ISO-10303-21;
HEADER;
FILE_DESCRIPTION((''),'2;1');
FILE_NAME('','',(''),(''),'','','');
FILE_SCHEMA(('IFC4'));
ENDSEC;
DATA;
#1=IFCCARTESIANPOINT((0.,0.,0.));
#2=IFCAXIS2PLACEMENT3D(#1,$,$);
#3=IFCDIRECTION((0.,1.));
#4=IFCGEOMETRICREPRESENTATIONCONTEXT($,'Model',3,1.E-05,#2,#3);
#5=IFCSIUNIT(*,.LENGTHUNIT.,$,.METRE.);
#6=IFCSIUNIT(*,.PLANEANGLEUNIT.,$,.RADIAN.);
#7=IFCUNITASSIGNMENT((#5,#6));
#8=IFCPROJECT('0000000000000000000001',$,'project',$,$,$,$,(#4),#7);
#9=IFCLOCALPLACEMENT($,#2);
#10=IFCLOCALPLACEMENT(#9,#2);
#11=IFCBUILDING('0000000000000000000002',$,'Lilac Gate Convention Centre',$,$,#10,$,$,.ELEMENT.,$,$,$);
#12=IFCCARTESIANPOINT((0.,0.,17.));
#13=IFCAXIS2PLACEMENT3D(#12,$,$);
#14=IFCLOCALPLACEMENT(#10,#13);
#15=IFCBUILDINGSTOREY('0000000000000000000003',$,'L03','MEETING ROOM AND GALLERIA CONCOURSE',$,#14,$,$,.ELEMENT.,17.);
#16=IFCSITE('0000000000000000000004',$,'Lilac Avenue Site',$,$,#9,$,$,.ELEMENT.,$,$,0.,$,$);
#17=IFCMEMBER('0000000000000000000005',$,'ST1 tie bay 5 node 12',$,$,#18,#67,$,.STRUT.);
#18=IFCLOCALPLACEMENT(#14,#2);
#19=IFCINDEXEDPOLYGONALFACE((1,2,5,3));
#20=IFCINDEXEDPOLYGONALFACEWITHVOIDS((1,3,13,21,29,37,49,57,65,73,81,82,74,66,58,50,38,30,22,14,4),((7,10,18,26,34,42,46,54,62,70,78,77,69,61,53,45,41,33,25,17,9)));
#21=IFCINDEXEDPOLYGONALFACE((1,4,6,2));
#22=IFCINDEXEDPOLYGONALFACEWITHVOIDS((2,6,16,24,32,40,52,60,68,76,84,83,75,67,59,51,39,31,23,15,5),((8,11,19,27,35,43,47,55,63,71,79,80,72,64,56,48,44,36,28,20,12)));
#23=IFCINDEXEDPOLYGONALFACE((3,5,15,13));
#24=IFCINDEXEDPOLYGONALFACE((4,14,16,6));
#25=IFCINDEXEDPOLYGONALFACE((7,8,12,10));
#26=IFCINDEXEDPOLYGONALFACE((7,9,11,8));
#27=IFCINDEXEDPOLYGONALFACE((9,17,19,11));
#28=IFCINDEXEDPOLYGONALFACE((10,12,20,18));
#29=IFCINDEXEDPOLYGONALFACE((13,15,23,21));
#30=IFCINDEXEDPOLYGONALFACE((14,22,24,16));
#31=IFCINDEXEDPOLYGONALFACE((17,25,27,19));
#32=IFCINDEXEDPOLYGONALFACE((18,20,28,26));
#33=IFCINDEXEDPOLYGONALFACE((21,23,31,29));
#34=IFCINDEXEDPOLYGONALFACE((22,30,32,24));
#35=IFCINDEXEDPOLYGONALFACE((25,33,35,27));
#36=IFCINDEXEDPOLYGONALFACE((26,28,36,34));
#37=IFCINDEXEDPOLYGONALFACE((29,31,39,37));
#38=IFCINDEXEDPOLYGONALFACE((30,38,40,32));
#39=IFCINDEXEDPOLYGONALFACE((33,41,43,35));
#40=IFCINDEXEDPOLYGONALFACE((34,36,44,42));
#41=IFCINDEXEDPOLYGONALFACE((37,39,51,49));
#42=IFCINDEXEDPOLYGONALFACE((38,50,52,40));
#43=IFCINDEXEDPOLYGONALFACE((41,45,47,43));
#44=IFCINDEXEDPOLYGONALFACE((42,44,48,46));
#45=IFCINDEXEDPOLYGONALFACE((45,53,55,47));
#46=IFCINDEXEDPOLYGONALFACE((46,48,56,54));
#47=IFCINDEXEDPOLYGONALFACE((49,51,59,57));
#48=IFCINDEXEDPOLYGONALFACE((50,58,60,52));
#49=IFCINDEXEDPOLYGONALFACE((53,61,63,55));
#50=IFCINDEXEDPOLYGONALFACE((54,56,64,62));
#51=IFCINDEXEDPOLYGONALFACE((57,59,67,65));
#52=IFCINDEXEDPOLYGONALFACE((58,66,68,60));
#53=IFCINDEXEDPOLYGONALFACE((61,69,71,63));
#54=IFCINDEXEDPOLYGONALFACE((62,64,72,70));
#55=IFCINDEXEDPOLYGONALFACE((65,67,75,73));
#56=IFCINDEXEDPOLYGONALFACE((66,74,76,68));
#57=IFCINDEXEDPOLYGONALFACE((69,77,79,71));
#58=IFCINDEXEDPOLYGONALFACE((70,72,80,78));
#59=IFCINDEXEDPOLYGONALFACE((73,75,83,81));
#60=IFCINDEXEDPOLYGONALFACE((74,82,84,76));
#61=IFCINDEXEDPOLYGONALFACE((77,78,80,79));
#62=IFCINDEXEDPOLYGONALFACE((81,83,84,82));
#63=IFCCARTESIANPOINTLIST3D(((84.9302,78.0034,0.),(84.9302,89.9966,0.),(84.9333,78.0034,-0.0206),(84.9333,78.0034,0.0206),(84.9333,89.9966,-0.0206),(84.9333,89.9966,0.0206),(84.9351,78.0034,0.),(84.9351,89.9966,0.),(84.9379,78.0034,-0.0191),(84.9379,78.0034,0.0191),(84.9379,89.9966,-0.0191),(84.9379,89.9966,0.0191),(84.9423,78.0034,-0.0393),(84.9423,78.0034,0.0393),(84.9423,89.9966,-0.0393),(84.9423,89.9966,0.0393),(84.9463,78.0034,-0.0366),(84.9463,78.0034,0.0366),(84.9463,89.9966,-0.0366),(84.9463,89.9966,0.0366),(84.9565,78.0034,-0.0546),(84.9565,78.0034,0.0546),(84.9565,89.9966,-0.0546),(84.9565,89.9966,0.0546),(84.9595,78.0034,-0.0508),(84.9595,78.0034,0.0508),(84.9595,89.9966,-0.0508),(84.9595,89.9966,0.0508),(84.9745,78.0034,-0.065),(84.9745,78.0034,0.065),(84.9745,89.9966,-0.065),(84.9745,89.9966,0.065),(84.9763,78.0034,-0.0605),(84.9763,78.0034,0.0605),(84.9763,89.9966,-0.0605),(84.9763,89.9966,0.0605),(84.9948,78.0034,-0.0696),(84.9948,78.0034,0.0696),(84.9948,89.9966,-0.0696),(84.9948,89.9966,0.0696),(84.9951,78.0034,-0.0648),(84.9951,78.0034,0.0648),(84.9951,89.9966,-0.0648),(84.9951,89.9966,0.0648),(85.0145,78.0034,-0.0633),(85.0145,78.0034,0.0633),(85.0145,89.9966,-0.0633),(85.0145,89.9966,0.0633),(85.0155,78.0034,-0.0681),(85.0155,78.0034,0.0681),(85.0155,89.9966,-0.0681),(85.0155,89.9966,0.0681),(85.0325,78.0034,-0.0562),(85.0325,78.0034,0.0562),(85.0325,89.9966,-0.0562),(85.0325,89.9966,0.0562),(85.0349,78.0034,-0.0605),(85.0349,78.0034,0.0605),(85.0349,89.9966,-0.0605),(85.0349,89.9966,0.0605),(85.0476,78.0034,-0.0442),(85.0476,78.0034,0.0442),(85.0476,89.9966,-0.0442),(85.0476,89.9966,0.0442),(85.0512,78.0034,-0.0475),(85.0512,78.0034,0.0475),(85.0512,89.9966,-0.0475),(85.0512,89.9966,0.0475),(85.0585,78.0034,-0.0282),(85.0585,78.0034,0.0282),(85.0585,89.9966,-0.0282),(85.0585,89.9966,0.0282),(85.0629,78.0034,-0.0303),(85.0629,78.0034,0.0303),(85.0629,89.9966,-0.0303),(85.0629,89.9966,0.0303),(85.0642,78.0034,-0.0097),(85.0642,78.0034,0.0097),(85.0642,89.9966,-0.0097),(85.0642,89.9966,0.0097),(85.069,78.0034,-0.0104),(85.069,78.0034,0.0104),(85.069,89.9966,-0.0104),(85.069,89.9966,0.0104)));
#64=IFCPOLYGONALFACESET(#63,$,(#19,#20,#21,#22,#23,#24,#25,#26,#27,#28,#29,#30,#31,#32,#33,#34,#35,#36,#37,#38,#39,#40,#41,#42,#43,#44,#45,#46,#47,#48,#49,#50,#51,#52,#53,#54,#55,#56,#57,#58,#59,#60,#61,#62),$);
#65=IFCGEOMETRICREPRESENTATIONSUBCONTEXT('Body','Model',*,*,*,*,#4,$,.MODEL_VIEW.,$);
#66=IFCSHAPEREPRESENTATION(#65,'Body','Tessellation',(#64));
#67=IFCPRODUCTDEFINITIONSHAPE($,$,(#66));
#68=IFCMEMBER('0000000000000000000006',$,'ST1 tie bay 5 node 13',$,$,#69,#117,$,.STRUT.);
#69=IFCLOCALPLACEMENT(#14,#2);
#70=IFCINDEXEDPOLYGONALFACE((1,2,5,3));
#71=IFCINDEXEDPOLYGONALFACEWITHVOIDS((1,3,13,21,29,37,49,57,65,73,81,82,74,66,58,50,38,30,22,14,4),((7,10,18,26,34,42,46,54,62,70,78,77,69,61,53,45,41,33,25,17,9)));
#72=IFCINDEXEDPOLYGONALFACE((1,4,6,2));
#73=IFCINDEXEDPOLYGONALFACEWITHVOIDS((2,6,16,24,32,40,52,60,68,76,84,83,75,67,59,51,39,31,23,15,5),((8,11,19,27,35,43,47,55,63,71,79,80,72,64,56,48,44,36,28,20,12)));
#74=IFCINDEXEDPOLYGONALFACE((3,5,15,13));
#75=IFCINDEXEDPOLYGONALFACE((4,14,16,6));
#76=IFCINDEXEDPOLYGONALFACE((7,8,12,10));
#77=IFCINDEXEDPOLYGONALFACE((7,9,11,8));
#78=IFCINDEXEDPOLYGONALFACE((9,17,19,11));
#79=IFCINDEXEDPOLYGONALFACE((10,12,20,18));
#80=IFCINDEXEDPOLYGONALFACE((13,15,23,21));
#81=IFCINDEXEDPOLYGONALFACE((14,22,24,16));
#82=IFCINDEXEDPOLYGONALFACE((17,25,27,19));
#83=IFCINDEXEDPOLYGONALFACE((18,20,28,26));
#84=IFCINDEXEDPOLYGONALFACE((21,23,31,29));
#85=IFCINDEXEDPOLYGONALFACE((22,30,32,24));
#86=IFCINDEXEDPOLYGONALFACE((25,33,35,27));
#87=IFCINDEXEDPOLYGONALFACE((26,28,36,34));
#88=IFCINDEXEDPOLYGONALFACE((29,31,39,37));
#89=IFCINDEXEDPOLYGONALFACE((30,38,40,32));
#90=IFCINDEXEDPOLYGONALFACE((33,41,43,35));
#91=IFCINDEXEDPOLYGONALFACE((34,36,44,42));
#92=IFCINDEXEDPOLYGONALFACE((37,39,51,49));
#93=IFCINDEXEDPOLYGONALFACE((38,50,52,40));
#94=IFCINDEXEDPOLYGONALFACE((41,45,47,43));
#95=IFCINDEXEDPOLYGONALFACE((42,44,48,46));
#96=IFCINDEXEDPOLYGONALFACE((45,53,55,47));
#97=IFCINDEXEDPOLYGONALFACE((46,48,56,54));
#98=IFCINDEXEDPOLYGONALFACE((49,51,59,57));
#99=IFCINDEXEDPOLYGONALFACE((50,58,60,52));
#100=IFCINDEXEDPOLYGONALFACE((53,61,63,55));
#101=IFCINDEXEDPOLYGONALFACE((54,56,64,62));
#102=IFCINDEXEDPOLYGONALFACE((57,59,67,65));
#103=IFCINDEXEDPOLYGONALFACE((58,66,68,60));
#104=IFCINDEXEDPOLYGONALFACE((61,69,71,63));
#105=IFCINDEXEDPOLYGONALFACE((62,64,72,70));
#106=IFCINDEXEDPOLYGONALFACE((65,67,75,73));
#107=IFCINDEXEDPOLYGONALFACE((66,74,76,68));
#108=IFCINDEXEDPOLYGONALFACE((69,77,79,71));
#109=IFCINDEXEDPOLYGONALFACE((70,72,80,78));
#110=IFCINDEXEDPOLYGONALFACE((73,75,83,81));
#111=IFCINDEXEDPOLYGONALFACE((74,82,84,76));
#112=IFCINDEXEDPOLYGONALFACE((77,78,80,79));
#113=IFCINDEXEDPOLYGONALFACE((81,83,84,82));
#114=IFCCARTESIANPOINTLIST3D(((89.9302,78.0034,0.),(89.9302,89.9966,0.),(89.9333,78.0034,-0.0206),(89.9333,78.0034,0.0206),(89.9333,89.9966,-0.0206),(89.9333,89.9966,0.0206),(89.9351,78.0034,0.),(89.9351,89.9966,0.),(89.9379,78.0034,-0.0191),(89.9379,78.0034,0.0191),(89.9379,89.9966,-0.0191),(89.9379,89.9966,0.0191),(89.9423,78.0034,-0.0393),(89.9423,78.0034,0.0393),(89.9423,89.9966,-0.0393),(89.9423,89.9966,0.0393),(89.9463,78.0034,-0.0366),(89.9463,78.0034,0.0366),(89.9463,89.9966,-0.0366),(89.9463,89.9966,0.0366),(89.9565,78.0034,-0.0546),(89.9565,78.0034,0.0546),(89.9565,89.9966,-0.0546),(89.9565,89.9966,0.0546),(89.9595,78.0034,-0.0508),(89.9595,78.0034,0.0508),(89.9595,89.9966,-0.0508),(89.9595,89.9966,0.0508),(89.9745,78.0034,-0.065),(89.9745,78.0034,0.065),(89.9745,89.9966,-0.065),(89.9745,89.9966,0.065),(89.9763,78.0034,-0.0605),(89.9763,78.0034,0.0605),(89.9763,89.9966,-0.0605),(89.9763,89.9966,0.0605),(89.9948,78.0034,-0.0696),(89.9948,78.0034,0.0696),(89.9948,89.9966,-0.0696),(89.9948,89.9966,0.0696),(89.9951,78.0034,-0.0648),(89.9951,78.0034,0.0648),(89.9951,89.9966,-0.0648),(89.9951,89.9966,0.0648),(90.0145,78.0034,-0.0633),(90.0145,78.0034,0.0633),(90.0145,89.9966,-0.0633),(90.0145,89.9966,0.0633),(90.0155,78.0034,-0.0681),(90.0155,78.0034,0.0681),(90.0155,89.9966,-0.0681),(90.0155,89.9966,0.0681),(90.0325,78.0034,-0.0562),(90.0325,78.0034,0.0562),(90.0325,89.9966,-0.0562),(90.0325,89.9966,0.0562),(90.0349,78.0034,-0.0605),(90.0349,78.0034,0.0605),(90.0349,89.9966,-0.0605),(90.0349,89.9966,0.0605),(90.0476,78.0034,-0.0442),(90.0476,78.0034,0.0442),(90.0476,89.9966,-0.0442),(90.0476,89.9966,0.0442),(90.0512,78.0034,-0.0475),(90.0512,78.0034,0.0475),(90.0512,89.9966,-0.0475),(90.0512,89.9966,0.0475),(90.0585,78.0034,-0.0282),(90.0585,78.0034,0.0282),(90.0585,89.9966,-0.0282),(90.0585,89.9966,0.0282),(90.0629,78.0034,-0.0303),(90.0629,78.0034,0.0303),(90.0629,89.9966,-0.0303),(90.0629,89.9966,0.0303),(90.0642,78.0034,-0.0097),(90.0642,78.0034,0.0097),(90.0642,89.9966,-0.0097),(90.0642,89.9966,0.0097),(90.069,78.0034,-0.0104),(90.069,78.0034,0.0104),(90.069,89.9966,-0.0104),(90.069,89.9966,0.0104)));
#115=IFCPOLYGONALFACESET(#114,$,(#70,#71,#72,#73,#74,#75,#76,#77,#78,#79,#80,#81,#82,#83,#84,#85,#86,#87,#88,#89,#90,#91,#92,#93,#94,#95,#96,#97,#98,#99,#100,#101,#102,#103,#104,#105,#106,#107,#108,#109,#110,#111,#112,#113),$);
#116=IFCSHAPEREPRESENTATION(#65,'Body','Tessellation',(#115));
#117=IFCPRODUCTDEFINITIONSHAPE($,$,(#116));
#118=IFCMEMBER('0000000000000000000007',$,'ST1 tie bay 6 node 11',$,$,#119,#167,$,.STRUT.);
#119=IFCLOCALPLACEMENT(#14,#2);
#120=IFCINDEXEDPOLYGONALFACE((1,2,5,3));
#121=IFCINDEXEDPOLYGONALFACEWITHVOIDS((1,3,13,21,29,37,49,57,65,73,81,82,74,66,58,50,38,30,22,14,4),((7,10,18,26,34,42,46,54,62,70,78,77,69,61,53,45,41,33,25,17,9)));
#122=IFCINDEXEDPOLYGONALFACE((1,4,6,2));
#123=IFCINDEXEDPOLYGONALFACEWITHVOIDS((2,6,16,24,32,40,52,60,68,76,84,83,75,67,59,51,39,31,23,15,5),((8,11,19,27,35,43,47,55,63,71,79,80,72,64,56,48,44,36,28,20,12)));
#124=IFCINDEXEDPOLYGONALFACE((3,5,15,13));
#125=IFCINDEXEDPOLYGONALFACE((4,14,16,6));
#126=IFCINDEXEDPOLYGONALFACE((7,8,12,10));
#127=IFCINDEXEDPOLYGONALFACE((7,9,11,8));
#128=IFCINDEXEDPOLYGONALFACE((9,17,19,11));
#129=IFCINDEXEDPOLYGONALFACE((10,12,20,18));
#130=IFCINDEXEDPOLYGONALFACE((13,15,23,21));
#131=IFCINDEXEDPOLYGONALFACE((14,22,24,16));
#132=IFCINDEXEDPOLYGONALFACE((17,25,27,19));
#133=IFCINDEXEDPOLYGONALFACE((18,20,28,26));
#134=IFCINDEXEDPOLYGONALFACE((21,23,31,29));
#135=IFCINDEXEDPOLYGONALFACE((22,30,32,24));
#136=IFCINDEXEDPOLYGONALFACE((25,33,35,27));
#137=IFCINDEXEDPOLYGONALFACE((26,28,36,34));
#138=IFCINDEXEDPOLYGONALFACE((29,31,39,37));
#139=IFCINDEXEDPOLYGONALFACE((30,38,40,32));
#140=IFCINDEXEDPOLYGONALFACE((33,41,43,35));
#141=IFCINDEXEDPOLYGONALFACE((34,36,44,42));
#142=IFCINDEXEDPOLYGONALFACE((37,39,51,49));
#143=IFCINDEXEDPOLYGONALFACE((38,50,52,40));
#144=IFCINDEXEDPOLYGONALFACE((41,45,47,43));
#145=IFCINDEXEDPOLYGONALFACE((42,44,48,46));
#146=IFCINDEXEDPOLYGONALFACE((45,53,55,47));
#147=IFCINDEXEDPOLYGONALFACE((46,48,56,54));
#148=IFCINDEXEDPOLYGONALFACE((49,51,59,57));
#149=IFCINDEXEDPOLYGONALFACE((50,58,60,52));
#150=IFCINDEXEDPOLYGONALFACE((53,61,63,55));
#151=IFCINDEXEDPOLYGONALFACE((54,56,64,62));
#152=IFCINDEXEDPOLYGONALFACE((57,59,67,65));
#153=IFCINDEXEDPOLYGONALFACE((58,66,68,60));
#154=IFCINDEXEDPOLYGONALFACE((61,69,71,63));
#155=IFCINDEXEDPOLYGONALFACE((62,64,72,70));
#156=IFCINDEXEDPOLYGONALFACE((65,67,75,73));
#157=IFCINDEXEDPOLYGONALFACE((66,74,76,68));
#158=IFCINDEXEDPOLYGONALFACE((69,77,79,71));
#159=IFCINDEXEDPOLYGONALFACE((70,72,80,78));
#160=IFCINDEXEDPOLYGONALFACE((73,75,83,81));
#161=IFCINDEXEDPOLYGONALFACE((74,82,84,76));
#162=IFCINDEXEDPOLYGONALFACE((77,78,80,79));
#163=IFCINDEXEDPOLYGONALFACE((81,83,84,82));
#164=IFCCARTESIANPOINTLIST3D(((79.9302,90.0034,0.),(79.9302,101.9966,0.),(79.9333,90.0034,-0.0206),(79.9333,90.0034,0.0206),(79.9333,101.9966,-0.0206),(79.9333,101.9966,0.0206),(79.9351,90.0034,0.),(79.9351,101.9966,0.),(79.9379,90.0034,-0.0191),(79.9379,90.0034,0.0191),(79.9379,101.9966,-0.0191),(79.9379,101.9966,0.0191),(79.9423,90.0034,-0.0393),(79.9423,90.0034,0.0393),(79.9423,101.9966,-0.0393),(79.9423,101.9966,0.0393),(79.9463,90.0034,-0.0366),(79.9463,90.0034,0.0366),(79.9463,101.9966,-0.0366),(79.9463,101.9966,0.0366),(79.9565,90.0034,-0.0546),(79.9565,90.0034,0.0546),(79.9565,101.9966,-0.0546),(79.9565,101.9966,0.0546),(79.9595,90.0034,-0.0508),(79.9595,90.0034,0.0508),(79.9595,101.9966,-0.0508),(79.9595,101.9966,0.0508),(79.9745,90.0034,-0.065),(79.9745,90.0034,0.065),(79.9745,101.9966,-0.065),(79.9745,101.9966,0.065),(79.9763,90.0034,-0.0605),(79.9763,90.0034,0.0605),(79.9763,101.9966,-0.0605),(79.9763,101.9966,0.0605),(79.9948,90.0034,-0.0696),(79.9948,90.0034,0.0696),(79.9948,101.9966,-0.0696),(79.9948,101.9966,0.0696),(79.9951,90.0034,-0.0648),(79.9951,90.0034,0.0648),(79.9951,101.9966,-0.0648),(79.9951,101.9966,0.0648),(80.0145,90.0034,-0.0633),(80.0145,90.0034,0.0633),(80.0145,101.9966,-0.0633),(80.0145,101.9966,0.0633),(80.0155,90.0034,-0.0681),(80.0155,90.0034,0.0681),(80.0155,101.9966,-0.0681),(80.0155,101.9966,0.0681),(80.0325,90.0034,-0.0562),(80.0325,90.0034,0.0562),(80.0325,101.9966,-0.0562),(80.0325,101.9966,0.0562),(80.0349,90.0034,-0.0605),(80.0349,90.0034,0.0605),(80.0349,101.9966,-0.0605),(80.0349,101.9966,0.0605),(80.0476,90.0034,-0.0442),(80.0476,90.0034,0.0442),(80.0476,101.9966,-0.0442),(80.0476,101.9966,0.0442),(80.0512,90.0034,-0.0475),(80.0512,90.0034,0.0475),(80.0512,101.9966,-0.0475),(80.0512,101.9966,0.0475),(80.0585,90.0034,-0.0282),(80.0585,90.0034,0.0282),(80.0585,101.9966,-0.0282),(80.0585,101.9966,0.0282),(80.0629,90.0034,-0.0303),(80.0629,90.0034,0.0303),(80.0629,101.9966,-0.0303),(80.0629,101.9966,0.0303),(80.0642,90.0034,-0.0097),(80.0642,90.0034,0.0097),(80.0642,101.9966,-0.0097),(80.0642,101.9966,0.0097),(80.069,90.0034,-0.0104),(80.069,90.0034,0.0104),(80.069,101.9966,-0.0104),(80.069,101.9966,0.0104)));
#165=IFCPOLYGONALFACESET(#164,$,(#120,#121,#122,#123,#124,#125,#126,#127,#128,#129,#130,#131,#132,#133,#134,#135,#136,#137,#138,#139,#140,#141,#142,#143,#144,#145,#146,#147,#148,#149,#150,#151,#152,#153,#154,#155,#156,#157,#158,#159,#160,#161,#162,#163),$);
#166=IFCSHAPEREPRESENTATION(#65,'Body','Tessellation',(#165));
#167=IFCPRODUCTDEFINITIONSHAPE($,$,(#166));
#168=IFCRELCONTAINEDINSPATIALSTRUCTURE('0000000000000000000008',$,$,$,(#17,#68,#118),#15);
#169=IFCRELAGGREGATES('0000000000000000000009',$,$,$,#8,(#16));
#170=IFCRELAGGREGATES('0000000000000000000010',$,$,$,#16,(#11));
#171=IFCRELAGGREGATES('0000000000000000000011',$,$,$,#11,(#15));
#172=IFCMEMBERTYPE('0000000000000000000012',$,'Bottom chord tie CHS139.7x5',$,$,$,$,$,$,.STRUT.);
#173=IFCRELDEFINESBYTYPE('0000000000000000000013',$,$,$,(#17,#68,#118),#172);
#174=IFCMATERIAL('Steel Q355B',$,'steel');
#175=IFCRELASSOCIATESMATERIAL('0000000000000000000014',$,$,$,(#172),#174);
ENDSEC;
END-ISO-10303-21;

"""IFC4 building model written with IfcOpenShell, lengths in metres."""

from ifc_helpers import new_model, si_unit, direction, frame, origin, origin_2d, place, context, subcontext, project, spatial, hollow_circle, extrude, material, material_profile, profile_set, type_object, element, save


model = new_model("IFC4")

# Units and contexts
model_context = context("Model", 3, precision=1e-05, world=origin(), true_north=direction((0.0, 1.0)))
body_context = subcontext(model_context, "Body", "Model", "MODEL_VIEW")
ifc_project = project(units=[si_unit("LENGTHUNIT", "METRE"), si_unit("PLANEANGLEUNIT", "RADIAN")], contexts=[model_context])

# Site, building, storey
site_placement = place(None, origin())
site = spatial("IfcSite", under=ifc_project, at=site_placement, Name="Lilac Avenue Site", CompositionType="ELEMENT", RefElevation=0.0)
building_placement = place(site_placement, origin())
building = spatial("IfcBuilding", under=site, at=building_placement, Name="Lilac Gate Convention Centre", CompositionType="ELEMENT")
storey_placement = place(building_placement, frame((0.0, 0.0, 17.0)))
storey = spatial("IfcBuildingStorey", under=building, at=storey_placement, Name="L03", Description="MEETING ROOM AND GALLERIA CONCOURSE", CompositionType="ELEMENT", Elevation=17.0)

# Members
ifc_material = material(Name="Steel Q355B", Category="steel")
ifc_material_profile_1 = material_profile(ifc_material, hollow_circle(Radius=0.0698, WallThickness=0.0049, at=origin_2d()), Name="CHS139.7x5")
ifc_profile_set_1 = profile_set([ifc_material_profile_1], Name="Steel Q355B")
member_type_1 = type_object("IfcMemberType", Name="Bottom chord tie CHS139.7x5", PredefinedType="STRUT", material=ifc_profile_set_1)
for number, where, z_axis, x_axis, name in (
    (1, (85.0, 78.0034, 0.0), (0.0, 1.0, 0.0), (-1.0, 0.0, 0.0), "ST1 tie bay 5 node 12"),
    (2, (90.0, 78.0034, 0.0), (0.0, 1.0, 0.0), (-1.0, 0.0, 0.0), "ST1 tie bay 5 node 13"),
    (3, (80.0, 90.0034, 0.0), (0.0, 1.0, 0.0), (-1.0, 0.0, 0.0), "ST1 tie bay 6 node 11"),
):
    element("IfcMember", number, at=place(storey_placement, frame(where, z_axis=z_axis, x_axis=x_axis)), inside=storey, type_object=member_type_1, Name=name, PredefinedType="STRUT", context=body_context, shape_type="SweptSolid", body=[
        extrude(hollow_circle(Radius=0.0698, WallThickness=0.0049, at=origin_2d()), origin(), (0.0, 0.0, 1.0), 11.9932),
    ])

save(model, "model.ifc")
